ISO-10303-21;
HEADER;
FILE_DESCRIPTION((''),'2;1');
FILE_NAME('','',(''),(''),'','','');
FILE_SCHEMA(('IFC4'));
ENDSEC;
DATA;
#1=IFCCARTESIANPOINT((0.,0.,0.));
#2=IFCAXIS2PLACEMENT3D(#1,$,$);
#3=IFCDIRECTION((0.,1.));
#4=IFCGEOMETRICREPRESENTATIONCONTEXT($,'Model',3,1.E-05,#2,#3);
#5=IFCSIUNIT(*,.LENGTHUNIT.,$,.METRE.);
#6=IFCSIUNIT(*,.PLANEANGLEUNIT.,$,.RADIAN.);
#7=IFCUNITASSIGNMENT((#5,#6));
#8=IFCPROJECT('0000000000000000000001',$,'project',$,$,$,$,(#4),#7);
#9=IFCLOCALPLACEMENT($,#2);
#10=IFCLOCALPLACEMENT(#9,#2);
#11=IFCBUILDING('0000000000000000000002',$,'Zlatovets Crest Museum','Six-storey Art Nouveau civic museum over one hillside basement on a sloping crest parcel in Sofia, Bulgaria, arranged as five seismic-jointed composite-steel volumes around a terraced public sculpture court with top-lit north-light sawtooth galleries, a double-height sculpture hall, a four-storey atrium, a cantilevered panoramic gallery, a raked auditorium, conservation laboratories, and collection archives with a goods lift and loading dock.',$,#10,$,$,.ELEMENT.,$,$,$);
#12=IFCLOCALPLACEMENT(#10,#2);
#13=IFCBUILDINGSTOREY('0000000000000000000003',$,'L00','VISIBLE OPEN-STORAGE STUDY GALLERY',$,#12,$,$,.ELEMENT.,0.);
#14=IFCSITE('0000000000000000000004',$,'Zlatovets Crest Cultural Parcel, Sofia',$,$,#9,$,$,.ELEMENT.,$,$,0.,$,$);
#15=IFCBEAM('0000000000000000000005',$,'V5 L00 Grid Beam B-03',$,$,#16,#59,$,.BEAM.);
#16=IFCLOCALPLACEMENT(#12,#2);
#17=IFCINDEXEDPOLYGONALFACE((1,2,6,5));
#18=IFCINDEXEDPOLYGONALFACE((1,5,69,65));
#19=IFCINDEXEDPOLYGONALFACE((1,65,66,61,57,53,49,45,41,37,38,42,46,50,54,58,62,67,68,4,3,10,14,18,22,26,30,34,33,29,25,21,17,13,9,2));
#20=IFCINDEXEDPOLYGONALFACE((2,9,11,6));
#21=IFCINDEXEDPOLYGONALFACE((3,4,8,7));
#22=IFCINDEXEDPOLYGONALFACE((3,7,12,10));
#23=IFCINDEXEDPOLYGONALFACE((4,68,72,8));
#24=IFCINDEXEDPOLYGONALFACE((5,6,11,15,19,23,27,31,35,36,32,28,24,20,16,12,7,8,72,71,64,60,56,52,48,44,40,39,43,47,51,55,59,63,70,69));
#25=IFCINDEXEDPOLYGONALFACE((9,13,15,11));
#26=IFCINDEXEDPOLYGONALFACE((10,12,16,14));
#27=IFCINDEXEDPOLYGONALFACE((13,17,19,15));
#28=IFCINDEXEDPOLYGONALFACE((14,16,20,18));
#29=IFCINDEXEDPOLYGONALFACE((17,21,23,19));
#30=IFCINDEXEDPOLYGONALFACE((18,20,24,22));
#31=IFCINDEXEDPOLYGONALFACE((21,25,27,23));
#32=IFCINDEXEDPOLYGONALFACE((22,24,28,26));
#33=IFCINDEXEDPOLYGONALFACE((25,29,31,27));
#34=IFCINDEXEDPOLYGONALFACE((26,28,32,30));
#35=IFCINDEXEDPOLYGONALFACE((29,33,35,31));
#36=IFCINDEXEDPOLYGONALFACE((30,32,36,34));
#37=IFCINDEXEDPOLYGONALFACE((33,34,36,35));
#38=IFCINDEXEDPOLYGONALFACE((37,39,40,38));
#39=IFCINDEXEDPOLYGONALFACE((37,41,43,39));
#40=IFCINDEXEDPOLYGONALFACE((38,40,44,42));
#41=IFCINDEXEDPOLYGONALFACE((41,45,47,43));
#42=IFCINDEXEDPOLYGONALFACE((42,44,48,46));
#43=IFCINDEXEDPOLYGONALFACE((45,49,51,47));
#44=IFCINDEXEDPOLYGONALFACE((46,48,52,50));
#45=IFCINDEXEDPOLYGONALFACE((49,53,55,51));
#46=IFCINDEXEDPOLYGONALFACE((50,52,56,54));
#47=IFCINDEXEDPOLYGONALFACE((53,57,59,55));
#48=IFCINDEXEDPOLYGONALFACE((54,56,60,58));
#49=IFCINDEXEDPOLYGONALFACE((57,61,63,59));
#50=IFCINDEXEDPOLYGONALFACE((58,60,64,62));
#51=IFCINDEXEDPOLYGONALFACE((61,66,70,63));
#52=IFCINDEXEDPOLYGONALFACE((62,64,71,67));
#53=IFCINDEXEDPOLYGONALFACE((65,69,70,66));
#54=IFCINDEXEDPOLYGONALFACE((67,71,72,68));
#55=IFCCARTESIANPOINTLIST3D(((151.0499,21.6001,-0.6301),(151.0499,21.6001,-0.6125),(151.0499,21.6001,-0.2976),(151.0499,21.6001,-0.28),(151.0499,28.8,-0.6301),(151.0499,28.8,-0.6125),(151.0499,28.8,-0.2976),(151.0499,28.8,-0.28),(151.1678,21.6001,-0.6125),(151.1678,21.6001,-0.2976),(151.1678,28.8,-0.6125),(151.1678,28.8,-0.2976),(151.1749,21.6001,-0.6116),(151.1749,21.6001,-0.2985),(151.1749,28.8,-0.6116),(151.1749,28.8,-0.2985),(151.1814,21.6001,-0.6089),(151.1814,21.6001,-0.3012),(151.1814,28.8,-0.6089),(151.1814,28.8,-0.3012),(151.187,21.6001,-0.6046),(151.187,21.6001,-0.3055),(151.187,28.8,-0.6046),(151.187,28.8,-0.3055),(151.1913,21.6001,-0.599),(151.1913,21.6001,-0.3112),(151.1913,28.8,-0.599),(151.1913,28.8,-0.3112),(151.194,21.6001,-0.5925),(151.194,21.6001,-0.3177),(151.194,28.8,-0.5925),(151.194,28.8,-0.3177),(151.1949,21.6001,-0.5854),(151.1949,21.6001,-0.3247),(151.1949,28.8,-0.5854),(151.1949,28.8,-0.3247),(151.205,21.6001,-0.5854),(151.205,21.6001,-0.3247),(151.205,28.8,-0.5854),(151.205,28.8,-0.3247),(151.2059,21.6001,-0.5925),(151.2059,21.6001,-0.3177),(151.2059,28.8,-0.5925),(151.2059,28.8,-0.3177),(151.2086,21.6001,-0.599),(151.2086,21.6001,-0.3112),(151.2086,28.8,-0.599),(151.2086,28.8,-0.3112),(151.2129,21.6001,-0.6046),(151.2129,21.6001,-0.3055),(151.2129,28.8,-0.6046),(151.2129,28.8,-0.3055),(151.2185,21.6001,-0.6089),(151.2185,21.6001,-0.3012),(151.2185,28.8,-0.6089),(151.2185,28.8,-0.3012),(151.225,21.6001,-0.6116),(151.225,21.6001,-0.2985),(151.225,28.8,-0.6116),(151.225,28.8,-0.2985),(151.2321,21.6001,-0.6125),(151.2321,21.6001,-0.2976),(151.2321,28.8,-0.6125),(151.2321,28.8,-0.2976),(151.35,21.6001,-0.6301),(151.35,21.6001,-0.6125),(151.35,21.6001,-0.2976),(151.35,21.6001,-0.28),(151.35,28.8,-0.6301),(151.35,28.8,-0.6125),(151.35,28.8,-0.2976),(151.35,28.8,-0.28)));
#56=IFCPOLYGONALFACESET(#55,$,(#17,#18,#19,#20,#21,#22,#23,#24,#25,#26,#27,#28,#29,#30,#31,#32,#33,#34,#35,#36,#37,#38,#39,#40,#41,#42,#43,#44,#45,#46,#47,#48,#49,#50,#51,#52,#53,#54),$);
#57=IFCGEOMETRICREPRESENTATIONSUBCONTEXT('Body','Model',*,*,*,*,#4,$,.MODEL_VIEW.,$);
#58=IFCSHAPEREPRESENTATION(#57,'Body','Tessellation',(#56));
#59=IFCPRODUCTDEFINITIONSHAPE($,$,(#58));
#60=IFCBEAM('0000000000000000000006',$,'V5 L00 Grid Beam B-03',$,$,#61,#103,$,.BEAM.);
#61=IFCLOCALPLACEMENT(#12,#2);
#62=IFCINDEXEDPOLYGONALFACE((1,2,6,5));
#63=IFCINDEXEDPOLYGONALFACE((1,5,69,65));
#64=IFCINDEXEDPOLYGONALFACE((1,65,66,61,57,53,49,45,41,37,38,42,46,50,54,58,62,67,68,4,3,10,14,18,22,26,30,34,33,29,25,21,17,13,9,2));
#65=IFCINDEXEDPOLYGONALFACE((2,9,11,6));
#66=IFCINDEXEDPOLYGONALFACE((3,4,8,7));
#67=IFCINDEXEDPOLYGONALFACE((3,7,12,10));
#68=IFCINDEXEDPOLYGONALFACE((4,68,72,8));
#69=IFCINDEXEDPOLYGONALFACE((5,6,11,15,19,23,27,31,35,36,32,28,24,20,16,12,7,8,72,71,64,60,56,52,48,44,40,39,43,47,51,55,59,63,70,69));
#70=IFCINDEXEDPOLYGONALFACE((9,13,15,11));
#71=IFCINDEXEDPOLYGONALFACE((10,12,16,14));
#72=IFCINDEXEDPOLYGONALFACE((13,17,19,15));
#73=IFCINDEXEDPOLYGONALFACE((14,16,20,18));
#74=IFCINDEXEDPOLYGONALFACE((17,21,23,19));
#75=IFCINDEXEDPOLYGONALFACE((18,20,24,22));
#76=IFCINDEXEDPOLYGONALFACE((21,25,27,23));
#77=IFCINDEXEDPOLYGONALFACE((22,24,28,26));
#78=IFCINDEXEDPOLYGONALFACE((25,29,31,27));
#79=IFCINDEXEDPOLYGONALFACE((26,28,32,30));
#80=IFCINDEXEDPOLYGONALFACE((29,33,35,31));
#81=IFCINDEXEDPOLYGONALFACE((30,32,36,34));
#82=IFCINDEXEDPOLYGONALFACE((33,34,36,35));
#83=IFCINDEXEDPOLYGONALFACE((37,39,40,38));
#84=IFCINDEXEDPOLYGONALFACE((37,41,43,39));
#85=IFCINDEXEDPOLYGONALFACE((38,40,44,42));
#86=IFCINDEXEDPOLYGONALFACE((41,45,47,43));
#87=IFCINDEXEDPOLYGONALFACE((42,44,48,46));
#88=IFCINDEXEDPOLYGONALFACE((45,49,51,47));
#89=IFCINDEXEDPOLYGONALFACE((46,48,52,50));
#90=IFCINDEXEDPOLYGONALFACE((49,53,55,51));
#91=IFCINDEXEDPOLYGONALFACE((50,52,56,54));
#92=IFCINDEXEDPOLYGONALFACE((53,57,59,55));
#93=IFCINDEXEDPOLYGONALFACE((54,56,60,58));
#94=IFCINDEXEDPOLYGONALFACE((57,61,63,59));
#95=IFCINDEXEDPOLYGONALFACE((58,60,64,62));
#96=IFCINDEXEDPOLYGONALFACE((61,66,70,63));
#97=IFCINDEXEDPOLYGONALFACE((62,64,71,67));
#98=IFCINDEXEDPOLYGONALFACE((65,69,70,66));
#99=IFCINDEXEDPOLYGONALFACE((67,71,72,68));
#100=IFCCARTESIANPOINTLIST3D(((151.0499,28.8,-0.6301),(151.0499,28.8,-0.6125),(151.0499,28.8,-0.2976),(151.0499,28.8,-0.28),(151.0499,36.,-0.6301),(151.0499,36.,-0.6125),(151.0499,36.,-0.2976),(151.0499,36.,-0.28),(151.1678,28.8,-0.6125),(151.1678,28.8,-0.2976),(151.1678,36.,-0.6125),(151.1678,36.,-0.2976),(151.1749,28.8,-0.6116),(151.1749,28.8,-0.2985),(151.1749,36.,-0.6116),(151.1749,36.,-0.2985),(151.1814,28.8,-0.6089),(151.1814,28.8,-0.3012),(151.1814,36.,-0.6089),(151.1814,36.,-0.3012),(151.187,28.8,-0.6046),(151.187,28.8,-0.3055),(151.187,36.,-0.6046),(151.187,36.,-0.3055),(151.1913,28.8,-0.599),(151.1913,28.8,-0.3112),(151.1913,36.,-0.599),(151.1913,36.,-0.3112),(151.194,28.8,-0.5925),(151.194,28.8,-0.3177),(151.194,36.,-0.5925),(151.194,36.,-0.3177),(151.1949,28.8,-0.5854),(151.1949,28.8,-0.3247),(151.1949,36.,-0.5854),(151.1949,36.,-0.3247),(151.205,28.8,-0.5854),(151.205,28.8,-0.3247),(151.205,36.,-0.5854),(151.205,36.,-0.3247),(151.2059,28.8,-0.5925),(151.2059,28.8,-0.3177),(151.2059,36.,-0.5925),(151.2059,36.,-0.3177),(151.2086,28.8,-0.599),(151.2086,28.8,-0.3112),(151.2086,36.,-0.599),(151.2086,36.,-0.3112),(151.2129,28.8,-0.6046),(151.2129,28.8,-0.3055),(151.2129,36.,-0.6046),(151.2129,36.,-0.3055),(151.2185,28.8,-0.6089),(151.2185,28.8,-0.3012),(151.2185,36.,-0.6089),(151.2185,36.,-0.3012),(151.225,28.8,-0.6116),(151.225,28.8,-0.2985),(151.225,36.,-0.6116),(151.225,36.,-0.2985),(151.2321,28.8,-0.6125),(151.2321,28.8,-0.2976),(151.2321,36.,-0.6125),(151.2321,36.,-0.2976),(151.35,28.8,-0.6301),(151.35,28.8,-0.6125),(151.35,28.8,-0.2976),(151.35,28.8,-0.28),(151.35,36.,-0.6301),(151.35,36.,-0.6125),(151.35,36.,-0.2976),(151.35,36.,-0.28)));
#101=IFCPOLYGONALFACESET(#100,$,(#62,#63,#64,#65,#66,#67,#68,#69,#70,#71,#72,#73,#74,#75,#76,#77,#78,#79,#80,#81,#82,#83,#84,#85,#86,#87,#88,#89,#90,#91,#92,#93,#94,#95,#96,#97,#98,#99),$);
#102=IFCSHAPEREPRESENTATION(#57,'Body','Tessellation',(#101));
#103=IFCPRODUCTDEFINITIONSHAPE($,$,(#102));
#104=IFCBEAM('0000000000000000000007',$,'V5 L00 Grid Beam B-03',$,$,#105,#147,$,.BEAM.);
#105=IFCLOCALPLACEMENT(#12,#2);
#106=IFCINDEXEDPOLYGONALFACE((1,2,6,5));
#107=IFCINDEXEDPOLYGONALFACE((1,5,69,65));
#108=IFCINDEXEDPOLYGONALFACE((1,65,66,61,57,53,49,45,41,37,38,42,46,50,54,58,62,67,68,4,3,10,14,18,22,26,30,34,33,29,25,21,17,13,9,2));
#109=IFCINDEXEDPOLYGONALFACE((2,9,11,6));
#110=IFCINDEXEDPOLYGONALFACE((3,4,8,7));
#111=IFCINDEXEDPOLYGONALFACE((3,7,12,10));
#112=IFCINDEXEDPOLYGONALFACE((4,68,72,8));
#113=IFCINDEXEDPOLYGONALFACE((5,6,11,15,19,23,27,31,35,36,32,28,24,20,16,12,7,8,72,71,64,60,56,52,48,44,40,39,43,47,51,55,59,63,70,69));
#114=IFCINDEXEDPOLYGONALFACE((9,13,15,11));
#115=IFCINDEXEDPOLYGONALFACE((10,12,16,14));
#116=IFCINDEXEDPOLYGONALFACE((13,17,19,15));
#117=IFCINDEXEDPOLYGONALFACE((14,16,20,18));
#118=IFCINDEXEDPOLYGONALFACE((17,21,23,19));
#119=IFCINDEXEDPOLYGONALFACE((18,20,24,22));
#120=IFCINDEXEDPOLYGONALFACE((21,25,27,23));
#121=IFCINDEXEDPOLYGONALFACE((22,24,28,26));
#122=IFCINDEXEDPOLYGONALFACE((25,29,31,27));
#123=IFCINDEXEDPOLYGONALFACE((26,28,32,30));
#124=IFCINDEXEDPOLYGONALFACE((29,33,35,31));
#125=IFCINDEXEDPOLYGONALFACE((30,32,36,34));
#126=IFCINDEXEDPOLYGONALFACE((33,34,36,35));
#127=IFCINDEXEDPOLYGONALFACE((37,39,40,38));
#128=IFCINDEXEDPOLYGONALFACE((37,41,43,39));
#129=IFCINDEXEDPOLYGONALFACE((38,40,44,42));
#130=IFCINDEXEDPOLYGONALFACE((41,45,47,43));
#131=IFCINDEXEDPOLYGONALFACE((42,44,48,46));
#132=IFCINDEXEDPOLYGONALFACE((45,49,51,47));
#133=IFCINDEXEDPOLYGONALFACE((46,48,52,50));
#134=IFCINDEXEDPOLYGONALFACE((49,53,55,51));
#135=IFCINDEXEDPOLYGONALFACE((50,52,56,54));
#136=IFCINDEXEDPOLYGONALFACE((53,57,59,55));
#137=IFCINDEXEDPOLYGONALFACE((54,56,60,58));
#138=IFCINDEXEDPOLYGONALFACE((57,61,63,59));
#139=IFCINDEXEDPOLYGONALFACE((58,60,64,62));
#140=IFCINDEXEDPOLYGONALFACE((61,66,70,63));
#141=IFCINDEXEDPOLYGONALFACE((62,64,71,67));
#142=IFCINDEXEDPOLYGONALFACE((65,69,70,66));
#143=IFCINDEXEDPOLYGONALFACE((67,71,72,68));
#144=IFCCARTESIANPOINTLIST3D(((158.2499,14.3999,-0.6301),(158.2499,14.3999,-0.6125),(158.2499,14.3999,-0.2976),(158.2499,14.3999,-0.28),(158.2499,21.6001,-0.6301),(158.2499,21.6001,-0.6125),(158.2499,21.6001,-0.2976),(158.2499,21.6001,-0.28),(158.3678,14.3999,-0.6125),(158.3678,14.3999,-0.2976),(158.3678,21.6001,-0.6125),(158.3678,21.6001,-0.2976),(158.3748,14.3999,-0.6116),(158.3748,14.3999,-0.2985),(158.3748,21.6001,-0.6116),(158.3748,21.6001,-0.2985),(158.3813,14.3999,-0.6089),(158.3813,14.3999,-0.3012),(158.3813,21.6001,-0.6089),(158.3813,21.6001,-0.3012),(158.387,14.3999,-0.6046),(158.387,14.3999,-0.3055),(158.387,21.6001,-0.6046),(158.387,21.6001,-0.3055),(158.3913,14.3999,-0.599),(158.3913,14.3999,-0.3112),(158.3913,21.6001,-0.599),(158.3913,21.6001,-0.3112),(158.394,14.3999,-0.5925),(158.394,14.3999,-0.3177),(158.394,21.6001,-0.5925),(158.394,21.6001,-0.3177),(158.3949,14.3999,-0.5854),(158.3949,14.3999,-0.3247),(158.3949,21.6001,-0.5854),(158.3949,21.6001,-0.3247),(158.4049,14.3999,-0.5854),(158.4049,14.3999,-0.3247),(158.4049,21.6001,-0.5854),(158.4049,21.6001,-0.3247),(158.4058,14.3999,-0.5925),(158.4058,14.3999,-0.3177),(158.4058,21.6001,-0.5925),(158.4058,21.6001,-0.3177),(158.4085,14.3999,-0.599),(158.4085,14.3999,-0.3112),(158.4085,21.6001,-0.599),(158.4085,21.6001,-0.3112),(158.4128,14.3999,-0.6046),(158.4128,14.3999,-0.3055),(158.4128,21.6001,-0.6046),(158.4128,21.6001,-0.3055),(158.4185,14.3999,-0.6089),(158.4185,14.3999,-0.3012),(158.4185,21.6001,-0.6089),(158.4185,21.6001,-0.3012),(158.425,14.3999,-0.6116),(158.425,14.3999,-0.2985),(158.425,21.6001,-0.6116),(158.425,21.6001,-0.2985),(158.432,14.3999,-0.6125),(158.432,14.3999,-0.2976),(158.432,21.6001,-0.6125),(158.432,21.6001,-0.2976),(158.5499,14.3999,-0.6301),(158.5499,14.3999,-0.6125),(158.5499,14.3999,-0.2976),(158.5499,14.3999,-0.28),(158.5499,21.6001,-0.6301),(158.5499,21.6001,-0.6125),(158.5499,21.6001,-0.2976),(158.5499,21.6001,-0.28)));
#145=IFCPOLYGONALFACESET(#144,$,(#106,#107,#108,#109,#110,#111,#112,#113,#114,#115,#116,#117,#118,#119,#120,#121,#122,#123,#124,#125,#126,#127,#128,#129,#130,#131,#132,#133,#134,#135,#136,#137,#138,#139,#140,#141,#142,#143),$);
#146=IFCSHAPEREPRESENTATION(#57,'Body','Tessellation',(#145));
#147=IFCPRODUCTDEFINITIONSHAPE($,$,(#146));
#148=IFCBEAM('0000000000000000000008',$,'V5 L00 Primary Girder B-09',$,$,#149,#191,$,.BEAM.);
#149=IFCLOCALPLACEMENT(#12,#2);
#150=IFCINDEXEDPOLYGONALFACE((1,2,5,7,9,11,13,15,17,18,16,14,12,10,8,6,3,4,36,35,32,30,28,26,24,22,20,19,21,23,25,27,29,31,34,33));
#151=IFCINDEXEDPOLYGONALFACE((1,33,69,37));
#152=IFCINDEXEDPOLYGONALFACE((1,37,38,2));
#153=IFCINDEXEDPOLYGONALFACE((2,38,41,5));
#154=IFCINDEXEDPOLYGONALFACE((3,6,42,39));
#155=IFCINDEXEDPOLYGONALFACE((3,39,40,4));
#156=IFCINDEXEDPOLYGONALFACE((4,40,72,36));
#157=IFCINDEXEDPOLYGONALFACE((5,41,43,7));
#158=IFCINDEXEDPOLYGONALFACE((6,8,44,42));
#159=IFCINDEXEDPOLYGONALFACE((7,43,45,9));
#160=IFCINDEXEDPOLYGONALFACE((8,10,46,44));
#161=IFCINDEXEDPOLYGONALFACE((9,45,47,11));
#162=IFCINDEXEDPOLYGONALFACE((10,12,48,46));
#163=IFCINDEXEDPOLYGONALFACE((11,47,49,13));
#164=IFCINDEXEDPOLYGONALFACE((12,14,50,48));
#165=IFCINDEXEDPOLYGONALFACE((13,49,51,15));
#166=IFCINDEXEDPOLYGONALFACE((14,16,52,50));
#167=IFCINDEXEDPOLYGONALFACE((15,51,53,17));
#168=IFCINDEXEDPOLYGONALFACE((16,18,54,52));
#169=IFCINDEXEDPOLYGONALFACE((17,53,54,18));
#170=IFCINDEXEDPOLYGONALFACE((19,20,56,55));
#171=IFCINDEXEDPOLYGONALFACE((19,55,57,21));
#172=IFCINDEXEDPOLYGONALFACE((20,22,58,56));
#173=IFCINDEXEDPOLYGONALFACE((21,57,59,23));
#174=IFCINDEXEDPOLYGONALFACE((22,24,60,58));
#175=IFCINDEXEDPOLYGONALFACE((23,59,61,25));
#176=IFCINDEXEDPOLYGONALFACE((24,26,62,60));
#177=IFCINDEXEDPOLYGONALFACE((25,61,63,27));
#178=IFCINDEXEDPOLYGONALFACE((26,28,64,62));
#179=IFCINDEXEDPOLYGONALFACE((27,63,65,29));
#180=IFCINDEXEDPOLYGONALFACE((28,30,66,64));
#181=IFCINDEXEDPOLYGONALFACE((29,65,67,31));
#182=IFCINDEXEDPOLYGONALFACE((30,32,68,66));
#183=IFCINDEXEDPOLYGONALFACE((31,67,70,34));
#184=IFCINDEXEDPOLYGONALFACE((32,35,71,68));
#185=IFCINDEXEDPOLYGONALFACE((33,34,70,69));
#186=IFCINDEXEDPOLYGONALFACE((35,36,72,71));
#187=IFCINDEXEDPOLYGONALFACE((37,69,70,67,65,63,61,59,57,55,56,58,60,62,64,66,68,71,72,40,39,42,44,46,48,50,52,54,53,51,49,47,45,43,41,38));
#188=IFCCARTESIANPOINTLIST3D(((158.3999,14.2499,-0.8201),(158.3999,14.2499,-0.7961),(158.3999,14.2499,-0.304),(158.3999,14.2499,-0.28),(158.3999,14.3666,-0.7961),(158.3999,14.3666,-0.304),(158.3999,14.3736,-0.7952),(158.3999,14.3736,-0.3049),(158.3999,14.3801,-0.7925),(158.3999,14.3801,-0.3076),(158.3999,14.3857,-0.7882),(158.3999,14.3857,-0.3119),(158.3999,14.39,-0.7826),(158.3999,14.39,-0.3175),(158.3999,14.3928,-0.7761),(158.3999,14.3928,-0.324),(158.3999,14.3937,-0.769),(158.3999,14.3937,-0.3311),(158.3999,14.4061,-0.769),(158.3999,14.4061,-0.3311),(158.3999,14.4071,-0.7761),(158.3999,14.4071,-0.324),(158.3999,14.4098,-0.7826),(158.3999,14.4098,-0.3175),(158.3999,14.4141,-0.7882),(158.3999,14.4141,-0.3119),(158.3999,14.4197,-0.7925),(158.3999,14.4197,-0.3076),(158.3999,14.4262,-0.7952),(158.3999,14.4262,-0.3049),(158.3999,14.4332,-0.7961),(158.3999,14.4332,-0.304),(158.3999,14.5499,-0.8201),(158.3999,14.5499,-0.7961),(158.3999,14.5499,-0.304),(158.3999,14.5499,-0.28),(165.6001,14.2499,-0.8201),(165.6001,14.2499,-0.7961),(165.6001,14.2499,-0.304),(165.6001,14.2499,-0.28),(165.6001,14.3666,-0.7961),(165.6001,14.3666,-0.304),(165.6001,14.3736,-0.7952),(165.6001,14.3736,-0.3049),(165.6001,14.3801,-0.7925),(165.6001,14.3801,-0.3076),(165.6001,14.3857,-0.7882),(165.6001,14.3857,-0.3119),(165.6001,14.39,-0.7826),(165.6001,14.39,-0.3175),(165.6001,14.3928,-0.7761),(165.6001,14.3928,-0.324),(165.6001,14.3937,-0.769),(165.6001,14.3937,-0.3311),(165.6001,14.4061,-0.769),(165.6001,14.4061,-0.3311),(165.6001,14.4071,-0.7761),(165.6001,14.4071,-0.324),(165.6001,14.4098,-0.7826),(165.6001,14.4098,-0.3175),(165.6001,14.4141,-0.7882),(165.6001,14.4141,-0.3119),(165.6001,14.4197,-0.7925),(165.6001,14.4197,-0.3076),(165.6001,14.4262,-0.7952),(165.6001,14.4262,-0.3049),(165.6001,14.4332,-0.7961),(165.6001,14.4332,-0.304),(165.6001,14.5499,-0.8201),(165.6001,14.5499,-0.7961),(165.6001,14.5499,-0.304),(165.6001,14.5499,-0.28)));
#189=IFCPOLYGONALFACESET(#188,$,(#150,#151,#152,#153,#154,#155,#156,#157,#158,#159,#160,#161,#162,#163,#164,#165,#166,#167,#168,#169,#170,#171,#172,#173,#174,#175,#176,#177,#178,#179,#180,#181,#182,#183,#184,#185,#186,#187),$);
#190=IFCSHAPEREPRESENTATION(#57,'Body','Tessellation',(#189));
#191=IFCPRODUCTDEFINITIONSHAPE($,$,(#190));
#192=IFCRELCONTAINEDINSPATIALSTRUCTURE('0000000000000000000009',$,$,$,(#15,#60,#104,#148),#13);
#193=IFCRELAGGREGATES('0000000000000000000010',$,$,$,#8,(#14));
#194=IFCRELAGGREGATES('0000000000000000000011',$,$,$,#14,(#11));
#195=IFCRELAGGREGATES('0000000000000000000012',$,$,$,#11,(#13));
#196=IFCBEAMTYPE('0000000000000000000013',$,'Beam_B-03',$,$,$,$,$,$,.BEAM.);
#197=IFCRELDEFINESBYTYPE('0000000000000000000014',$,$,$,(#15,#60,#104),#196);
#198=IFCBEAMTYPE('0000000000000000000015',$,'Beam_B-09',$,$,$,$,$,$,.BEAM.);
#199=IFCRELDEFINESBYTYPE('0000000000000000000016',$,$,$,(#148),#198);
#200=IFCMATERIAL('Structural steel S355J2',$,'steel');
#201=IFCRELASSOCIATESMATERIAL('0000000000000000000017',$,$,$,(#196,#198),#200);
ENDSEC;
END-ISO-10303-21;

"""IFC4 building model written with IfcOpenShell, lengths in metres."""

from ifc_helpers import new_model, si_unit, direction, frame, origin, origin_2d, place, context, subcontext, project, spatial, i_section, extrude, material, material_profile, profile_set, type_object, element, save


model = new_model("IFC4")

# Units and contexts
model_context = context("Model", 3, precision=1e-05, world=origin(), true_north=direction((0.0, 1.0)))
body_context = subcontext(model_context, "Body", "Model", "MODEL_VIEW")
ifc_project = project(units=[si_unit("LENGTHUNIT", "METRE"), si_unit("PLANEANGLEUNIT", "RADIAN")], contexts=[model_context])

# Site, building, storey
site_placement = place(None, origin())
site = spatial("IfcSite", under=ifc_project, at=site_placement, Name="Zlatovets Crest Cultural Parcel, Sofia", CompositionType="ELEMENT", RefElevation=0.0)
building_placement = place(site_placement, origin())
building = spatial("IfcBuilding", under=site, at=building_placement, Name="Zlatovets Crest Museum", Description="Six-storey Art Nouveau civic museum over one hillside basement on a sloping crest parcel in Sofia, Bulgaria, arranged as five seismic-jointed composite-steel volumes around a terraced public sculpture court with top-lit north-light sawtooth galleries, a double-height sculpture hall, a four-storey atrium, a cantilevered panoramic gallery, a raked auditorium, conservation laboratories, and collection archives with a goods lift and loading dock.", CompositionType="ELEMENT")
storey_placement = place(building_placement, origin())
storey = spatial("IfcBuildingStorey", under=building, at=storey_placement, Name="L00", Description="VISIBLE OPEN-STORAGE STUDY GALLERY", CompositionType="ELEMENT", Elevation=0.0)

# Shared definitions
ifc_material_1 = material(Name="Structural steel S355J2", Category="steel")

# Beams
ifc_material_profile_1 = material_profile(ifc_material_1, i_section(OverallWidth=0.3, OverallDepth=0.3501, WebThickness=0.01, FlangeThickness=0.0176, FilletRadius=0.0271, at=origin_2d()), Name="HEA 360")
ifc_profile_set_1 = profile_set([ifc_material_profile_1], Name="Structural steel S355J2")
beam_type_1 = type_object("IfcBeamType", Name="Beam_B-03", PredefinedType="BEAM", material=ifc_profile_set_1)
for number, where, z_axis, x_axis, name in (
    (1, (151.2, 21.6001, -0.4551), (0.0, 1.0, 0.0), (-1.0, 0.0, 0.0), "V5 L00 Grid Beam B-03"),
    (2, (151.2, 28.8, -0.4551), (0.0, 1.0, 0.0), (-1.0, 0.0, 0.0), "V5 L00 Grid Beam B-03"),
):
    element("IfcBeam", number, at=place(storey_placement, frame(where, z_axis=z_axis, x_axis=x_axis)), inside=storey, type_object=beam_type_1, Name=name, PredefinedType="BEAM", context=body_context, shape_type="SweptSolid", body=[
        extrude(i_section(OverallWidth=0.3, OverallDepth=0.3501, WebThickness=0.01, FlangeThickness=0.0176, FilletRadius=0.0271, at=origin_2d()), origin(), (0.0, 0.0, 1.0), 7.2),
    ])
beam_1_placement = place(storey_placement, frame((158.3999, 14.3999, -0.4551), z_axis=(0.0, 1.0, 0.0), x_axis=(-1.0, 0.0, 0.0)))
element("IfcBeam", 3, at=beam_1_placement, inside=storey, type_object=beam_type_1, Name="V5 L00 Grid Beam B-03", PredefinedType="BEAM", context=body_context, shape_type="SweptSolid", body=[
    extrude(i_section(OverallWidth=0.3, OverallDepth=0.3501, WebThickness=0.01, FlangeThickness=0.0176, FilletRadius=0.0271, at=origin_2d()), origin(), (0.0, 0.0, 1.0), 7.2002),
])
ifc_material_profile_2 = material_profile(ifc_material_1, i_section(OverallWidth=0.3, OverallDepth=0.54, WebThickness=0.0125, FlangeThickness=0.0239, FilletRadius=0.0271, at=origin_2d()), Name="HEA 550")
ifc_profile_set_2 = profile_set([ifc_material_profile_2], Name="Structural steel S355J2")
beam_type_2 = type_object("IfcBeamType", Name="Beam_B-09", PredefinedType="BEAM", material=ifc_profile_set_2)
beam_2_placement = place(storey_placement, frame((158.3999, 14.3999, -0.55), z_axis=(1.0, 0.0, 0.0), x_axis=(0.0, 1.0, 0.0)))
element("IfcBeam", 4, at=beam_2_placement, inside=storey, type_object=beam_type_2, Name="V5 L00 Primary Girder B-09", PredefinedType="BEAM", context=body_context, shape_type="SweptSolid", body=[
    extrude(i_section(OverallWidth=0.3, OverallDepth=0.54, WebThickness=0.0125, FlangeThickness=0.0239, FilletRadius=0.0271, at=origin_2d()), origin(), (0.0, 0.0, 1.0), 7.2002),
])

save(model, "model.ifc")
